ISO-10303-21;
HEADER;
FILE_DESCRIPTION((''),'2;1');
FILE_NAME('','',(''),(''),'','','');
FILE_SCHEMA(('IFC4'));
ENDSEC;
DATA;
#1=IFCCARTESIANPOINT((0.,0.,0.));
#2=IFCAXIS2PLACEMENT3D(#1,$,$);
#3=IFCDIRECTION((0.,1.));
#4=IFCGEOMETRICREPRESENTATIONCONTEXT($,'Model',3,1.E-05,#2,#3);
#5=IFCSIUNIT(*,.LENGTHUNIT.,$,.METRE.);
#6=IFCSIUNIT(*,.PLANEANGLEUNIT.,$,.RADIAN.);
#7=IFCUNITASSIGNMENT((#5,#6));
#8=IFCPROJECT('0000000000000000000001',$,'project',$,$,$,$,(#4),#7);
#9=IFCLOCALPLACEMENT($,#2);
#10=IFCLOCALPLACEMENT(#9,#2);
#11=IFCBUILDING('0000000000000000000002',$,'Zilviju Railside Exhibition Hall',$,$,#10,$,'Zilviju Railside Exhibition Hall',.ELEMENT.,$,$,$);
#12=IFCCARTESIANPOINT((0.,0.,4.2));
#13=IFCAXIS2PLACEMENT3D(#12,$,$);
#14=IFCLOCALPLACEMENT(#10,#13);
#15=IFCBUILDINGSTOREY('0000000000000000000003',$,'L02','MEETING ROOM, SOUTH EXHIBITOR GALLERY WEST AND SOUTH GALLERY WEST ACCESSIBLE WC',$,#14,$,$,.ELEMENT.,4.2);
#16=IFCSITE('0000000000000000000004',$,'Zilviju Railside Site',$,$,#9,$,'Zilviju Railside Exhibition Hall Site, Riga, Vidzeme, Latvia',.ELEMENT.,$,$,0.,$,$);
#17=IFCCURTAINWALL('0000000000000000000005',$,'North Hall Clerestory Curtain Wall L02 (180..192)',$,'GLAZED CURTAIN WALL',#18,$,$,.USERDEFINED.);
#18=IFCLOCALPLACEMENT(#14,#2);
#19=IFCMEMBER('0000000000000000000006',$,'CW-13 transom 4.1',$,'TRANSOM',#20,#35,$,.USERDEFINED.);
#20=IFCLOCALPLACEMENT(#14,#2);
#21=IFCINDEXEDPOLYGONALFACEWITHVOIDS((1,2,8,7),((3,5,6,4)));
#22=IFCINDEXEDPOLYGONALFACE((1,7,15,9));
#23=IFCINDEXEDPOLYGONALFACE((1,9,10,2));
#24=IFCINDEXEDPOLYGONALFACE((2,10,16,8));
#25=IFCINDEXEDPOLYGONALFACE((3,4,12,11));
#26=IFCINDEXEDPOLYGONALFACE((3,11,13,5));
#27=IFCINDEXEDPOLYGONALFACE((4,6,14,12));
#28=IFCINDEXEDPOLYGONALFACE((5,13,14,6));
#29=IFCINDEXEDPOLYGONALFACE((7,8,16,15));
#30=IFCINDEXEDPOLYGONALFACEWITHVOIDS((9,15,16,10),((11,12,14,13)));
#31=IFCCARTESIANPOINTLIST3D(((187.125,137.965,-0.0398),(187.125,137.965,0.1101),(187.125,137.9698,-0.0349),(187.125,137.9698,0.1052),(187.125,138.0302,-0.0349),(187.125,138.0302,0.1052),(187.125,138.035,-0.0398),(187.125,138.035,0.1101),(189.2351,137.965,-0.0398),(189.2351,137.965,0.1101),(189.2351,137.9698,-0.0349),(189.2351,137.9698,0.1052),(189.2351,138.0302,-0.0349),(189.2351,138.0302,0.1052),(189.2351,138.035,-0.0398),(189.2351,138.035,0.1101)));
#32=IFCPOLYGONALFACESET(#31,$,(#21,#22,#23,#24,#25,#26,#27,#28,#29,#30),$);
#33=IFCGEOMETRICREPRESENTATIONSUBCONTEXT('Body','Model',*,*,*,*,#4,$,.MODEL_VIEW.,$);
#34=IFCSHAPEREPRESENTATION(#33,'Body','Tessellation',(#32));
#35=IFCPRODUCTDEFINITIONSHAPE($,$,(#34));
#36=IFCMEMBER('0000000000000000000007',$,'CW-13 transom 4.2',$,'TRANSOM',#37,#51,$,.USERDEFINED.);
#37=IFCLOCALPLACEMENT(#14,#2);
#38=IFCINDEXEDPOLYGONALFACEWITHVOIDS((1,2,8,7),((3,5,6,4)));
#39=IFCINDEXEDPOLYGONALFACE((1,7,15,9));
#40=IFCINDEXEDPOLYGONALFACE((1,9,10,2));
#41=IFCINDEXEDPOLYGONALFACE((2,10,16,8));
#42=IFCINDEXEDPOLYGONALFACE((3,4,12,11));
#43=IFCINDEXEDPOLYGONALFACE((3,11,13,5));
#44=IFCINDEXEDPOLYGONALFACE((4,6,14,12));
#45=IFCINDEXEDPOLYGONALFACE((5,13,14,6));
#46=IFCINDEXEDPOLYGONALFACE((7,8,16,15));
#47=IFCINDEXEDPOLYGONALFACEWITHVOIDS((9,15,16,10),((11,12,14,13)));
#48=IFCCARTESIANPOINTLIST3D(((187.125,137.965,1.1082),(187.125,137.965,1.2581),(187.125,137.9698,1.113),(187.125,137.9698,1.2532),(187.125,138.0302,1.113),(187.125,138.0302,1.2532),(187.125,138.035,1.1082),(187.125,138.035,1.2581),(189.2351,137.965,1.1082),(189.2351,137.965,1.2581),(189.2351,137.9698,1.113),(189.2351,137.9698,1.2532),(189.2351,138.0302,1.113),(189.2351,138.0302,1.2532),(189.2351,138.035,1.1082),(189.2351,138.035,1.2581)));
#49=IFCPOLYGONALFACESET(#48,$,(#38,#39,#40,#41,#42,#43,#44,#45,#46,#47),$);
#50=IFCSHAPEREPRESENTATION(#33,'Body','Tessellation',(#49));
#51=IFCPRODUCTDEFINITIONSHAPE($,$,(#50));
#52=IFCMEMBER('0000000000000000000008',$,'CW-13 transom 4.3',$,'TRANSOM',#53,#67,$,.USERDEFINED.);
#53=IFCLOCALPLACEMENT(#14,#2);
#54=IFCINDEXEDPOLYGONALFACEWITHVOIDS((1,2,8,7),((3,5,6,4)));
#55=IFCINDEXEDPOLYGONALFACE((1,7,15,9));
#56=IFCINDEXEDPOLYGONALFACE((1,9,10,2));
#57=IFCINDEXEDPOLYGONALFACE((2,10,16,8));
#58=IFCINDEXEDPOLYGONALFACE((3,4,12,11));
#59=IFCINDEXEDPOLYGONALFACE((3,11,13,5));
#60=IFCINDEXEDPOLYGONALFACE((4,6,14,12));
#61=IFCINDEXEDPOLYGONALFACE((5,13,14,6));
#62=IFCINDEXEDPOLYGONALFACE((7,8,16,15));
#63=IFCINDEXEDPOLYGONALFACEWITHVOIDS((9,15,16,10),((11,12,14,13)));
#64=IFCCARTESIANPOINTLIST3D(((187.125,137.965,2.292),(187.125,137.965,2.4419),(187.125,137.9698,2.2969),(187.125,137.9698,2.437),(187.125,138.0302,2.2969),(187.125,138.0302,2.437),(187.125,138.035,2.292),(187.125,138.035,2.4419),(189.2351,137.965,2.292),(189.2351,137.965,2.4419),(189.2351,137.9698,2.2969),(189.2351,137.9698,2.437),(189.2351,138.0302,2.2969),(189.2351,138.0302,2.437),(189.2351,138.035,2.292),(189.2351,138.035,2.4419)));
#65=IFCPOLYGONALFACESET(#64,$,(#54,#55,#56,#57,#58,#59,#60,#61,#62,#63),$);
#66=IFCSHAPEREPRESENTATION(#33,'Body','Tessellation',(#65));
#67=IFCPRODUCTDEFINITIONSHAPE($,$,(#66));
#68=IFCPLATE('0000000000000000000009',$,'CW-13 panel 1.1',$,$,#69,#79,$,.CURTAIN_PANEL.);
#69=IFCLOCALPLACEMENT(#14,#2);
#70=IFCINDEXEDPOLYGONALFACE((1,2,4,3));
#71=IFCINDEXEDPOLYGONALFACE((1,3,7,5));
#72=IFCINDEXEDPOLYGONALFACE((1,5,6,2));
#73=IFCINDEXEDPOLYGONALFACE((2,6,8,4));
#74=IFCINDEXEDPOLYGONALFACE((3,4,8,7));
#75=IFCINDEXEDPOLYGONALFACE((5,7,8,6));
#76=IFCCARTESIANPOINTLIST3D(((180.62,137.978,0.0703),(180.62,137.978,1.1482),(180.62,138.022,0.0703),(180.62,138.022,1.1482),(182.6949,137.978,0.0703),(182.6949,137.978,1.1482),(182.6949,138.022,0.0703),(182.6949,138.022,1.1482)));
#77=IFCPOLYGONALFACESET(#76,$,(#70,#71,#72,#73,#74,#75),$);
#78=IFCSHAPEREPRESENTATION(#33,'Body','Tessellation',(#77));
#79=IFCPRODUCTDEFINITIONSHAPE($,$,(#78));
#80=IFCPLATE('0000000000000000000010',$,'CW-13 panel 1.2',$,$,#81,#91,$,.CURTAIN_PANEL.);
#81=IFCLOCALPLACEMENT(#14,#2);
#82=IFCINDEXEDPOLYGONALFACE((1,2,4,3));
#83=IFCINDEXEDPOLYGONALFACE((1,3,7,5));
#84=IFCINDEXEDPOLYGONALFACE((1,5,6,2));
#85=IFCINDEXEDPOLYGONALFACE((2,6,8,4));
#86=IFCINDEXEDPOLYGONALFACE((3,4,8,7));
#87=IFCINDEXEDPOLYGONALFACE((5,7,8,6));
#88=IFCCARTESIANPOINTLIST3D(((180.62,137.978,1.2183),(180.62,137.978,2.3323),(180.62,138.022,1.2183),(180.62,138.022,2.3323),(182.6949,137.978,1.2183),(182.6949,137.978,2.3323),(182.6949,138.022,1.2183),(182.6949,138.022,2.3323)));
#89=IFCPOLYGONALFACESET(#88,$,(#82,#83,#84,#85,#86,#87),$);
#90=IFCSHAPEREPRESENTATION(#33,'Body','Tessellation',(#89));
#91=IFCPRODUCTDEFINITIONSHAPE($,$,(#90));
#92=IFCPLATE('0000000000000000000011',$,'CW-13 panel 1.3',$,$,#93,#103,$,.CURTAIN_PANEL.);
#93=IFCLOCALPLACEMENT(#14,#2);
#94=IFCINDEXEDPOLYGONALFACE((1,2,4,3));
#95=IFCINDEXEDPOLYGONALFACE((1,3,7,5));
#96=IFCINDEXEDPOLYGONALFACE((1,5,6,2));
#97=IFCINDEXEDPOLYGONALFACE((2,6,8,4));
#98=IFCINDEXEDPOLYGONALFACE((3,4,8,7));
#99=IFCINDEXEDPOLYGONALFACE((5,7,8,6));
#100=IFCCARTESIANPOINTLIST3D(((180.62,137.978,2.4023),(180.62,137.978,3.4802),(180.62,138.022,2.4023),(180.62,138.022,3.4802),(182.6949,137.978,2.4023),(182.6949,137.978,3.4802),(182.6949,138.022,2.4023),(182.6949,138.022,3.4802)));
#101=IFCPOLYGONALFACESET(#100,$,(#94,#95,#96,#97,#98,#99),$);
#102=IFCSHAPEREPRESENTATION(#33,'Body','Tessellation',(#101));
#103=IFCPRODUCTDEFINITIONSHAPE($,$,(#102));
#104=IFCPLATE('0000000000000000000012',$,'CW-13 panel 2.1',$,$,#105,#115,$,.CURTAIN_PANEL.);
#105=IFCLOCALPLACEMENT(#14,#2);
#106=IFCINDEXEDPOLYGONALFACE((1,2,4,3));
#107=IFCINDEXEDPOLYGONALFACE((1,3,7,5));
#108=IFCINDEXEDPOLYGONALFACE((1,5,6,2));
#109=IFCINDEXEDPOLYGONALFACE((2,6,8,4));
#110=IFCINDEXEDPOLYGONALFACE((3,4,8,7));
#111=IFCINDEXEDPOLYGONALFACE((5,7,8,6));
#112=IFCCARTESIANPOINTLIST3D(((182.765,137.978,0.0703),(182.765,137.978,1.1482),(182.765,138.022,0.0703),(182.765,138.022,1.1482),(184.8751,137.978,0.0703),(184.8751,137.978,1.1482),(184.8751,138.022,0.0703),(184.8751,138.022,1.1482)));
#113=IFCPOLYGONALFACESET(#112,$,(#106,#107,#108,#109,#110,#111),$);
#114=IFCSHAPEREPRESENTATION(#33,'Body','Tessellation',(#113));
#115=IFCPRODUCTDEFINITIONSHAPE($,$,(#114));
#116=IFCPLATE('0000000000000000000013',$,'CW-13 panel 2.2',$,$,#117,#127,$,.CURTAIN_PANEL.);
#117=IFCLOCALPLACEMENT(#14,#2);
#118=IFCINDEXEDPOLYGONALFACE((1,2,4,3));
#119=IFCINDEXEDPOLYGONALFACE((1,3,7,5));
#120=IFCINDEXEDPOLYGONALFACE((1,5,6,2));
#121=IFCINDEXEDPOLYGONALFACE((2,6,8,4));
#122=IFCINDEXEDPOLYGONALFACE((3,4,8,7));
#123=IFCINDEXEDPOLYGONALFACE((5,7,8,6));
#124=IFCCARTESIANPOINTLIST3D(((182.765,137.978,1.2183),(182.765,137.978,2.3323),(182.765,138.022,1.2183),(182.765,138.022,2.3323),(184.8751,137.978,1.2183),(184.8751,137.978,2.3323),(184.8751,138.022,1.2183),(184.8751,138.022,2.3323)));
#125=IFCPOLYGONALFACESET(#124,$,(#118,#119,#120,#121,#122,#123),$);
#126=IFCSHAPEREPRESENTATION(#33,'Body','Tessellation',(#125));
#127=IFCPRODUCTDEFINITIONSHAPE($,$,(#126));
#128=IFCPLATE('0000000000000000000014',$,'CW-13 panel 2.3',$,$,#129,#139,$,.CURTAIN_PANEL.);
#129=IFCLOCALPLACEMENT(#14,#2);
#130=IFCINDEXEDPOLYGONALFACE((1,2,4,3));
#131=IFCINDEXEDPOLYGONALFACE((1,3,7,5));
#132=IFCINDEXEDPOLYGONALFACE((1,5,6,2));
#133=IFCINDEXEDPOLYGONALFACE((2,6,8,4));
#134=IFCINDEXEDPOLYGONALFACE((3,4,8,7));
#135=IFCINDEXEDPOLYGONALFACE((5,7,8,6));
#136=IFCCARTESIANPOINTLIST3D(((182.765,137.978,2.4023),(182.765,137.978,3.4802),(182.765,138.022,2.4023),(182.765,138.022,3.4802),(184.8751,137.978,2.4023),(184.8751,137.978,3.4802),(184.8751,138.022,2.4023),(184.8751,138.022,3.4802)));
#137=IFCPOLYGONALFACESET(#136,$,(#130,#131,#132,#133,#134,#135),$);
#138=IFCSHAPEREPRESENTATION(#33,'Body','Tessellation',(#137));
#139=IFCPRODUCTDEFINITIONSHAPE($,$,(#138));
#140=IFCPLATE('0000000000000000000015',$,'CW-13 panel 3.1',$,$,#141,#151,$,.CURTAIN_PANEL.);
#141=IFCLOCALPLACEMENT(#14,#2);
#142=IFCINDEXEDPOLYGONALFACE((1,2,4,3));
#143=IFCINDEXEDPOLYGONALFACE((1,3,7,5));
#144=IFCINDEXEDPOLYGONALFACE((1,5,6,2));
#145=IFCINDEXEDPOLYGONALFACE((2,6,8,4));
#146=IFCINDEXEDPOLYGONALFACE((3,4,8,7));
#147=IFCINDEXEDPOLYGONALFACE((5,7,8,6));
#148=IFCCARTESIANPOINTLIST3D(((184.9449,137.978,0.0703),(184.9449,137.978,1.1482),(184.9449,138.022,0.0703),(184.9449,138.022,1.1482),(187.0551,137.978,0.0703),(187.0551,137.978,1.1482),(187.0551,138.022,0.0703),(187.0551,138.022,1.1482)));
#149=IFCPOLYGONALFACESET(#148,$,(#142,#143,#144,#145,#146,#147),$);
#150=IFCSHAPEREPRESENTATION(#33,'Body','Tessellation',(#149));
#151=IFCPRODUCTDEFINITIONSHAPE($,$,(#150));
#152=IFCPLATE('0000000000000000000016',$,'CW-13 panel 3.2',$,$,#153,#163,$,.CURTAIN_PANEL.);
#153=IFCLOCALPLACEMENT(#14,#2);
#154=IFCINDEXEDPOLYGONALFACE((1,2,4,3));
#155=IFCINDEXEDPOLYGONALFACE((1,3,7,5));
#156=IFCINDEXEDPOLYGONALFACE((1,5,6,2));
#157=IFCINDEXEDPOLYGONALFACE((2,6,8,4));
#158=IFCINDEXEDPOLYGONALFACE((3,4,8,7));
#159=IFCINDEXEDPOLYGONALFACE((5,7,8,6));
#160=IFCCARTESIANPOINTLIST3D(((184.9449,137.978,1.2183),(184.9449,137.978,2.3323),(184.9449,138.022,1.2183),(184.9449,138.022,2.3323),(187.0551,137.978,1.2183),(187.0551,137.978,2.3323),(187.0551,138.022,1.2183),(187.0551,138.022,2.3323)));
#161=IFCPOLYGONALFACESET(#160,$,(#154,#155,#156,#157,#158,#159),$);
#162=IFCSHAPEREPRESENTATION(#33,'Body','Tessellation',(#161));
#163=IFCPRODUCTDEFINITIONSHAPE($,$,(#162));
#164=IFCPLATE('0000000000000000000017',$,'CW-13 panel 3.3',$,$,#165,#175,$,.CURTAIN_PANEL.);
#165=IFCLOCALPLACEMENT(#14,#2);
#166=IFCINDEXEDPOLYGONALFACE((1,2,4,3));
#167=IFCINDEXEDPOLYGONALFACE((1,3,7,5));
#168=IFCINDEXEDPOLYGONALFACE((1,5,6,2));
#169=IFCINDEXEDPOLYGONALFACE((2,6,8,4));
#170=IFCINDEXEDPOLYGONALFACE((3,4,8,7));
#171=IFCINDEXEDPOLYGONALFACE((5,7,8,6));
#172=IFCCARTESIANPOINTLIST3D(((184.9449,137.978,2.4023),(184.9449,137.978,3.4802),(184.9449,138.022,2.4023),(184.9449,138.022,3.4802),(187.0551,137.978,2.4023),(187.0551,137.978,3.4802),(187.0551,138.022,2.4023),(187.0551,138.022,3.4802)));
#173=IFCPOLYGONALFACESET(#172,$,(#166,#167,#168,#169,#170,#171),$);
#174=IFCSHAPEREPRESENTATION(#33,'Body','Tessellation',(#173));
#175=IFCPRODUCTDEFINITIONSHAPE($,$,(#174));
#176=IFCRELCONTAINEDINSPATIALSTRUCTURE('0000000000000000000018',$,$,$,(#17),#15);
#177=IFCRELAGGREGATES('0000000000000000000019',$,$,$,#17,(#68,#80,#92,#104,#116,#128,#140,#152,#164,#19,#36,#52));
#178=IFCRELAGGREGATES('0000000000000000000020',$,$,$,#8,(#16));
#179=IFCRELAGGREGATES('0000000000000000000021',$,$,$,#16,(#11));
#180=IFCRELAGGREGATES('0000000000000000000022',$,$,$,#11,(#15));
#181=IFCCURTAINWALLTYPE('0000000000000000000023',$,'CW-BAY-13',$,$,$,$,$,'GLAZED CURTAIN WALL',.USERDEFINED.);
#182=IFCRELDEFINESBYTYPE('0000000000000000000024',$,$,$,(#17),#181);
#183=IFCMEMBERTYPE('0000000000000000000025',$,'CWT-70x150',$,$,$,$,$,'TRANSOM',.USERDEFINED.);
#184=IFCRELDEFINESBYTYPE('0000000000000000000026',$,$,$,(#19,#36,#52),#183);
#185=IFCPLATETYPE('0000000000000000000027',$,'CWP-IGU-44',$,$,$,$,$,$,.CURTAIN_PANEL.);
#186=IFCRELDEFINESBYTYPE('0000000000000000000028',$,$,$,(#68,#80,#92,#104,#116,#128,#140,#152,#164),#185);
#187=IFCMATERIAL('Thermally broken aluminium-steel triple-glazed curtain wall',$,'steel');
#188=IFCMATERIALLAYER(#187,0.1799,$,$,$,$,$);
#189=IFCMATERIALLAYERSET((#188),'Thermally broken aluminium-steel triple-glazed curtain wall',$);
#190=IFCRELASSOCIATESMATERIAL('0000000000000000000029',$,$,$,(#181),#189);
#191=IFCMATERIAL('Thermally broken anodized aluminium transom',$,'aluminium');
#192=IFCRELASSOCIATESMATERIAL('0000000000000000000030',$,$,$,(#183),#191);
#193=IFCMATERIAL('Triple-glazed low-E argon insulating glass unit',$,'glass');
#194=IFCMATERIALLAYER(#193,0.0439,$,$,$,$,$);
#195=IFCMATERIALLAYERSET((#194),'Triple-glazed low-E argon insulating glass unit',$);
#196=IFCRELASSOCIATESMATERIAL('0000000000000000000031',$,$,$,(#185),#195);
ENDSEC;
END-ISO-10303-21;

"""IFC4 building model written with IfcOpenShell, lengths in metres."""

from ifc_helpers import new_model, si_unit, direction, frame, origin, origin_2d, place, context, subcontext, project, spatial, rectangle, hollow_rectangle, extrude, material, layer, layer_set, material_profile, profile_set, type_object, element, aggregate, save


model = new_model("IFC4")

# Units and contexts
model_context = context("Model", 3, precision=1e-05, world=origin(), true_north=direction((0.0, 1.0)))
body_context = subcontext(model_context, "Body", "Model", "MODEL_VIEW")
ifc_project = project(units=[si_unit("LENGTHUNIT", "METRE"), si_unit("PLANEANGLEUNIT", "RADIAN")], contexts=[model_context])

# Site, building, storey
site_placement = place(None, origin())
site = spatial("IfcSite", under=ifc_project, at=site_placement, Name="Zilviju Railside Site", LongName="Zilviju Railside Exhibition Hall Site, Riga, Vidzeme, Latvia", CompositionType="ELEMENT", RefElevation=0.0)
building_placement = place(site_placement, origin())
building = spatial("IfcBuilding", under=site, at=building_placement, Name="Zilviju Railside Exhibition Hall", LongName="Zilviju Railside Exhibition Hall", CompositionType="ELEMENT")
storey_placement = place(building_placement, frame((0.0, 0.0, 4.2)))
storey = spatial("IfcBuildingStorey", under=building, at=storey_placement, Name="L02", Description="MEETING ROOM, SOUTH EXHIBITOR GALLERY WEST AND SOUTH GALLERY WEST ACCESSIBLE WC", CompositionType="ELEMENT", Elevation=4.2)

# Curtain wall, members, plates
ifc_material_1 = material(Name="Thermally broken aluminium-steel triple-glazed curtain wall", Category="steel")
ifc_layer_1 = layer(ifc_material_1, 0.1799)
ifc_layer_set_1 = layer_set([ifc_layer_1], Name="Thermally broken aluminium-steel triple-glazed curtain wall")
curtain_wall_type = type_object("IfcCurtainWallType", Name="CW-BAY-13", ElementType="GLAZED CURTAIN WALL", PredefinedType="USERDEFINED", material=ifc_layer_set_1)
curtain_wall_placement = place(storey_placement, origin())
curtain_wall = element("IfcCurtainWall", 1, at=curtain_wall_placement, inside=storey, type_object=curtain_wall_type, Name="North Hall Clerestory Curtain Wall L02 (180..192)", ObjectType="GLAZED CURTAIN WALL", PredefinedType="USERDEFINED")
ifc_material_2 = material(Name="Thermally broken anodized aluminium transom", Category="aluminium")
ifc_material_profile_1 = material_profile(ifc_material_2, hollow_rectangle(XDim=0.0701, YDim=0.1499, WallThickness=0.0049, at=origin_2d()), Name="TRANSOM 150x70x5")
ifc_profile_set_1 = profile_set([ifc_material_profile_1], Name="Thermally broken anodized aluminium transom")
member_type_1 = type_object("IfcMemberType", Name="CWT-70x150", ElementType="TRANSOM", PredefinedType="USERDEFINED", material=ifc_profile_set_1)
member_1_placement = place(storey_placement, frame((187.125, 138.0, 0.0352), z_axis=(1.0, 0.0, 0.0), x_axis=(0.0, 1.0, 0.0)))
member_1 = element("IfcMember", 2, at=member_1_placement, type_object=member_type_1, Name="CW-13 transom 4.1", ObjectType="TRANSOM", PredefinedType="USERDEFINED", context=body_context, shape_type="SweptSolid", body=[
    extrude(hollow_rectangle(XDim=0.0701, YDim=0.1499, WallThickness=0.0049, at=origin_2d()), origin(), (0.0, 0.0, 1.0), 2.1101),
])
member_2_placement = place(storey_placement, frame((187.125, 138.0, 1.1831), z_axis=(1.0, 0.0, 0.0), x_axis=(0.0, 1.0, 0.0)))
member_2 = element("IfcMember", 3, at=member_2_placement, type_object=member_type_1, Name="CW-13 transom 4.2", ObjectType="TRANSOM", PredefinedType="USERDEFINED", context=body_context, shape_type="SweptSolid", body=[
    extrude(hollow_rectangle(XDim=0.0701, YDim=0.1499, WallThickness=0.0049, at=origin_2d()), origin(), (0.0, 0.0, 1.0), 2.1101),
])
member_3_placement = place(storey_placement, frame((187.125, 138.0, 2.3669), z_axis=(1.0, 0.0, 0.0), x_axis=(0.0, 1.0, 0.0)))
member_3 = element("IfcMember", 4, at=member_3_placement, type_object=member_type_1, Name="CW-13 transom 4.3", ObjectType="TRANSOM", PredefinedType="USERDEFINED", context=body_context, shape_type="SweptSolid", body=[
    extrude(hollow_rectangle(XDim=0.0701, YDim=0.1499, WallThickness=0.0049, at=origin_2d()), origin(), (0.0, 0.0, 1.0), 2.1101),
])
ifc_material_3 = material(Name="Triple-glazed low-E argon insulating glass unit", Category="glass")
ifc_layer_2 = layer(ifc_material_3, 0.0439)
ifc_layer_set_2 = layer_set([ifc_layer_2], Name="Triple-glazed low-E argon insulating glass unit")
plate_type = type_object("IfcPlateType", Name="CWP-IGU-44", PredefinedType="CURTAIN_PANEL", material=ifc_layer_set_2)
plate_1_placement = place(storey_placement, frame((181.6575, 138.0, 0.0703), z_axis=(0.0, 0.0, 1.0), x_axis=(1.0, 0.0, 0.0)))
plate_1 = element("IfcPlate", 5, at=plate_1_placement, type_object=plate_type, Name="CW-13 panel 1.1", PredefinedType="CURTAIN_PANEL", context=body_context, shape_type="SweptSolid", body=[
    extrude(rectangle(XDim=2.075, YDim=0.0439, at=origin_2d()), origin(), (0.0, 0.0, 1.0), 1.0779),
])
plate_2_placement = place(storey_placement, frame((181.6575, 138.0, 1.2183), z_axis=(0.0, 0.0, 1.0), x_axis=(1.0, 0.0, 0.0)))
plate_2 = element("IfcPlate", 6, at=plate_2_placement, type_object=plate_type, Name="CW-13 panel 1.2", PredefinedType="CURTAIN_PANEL", context=body_context, shape_type="SweptSolid", body=[
    extrude(rectangle(XDim=2.075, YDim=0.0439, at=origin_2d()), origin(), (0.0, 0.0, 1.0), 1.114),
])
plate_3_placement = place(storey_placement, frame((181.6575, 138.0, 2.4023), z_axis=(0.0, 0.0, 1.0), x_axis=(1.0, 0.0, 0.0)))
plate_3 = element("IfcPlate", 7, at=plate_3_placement, type_object=plate_type, Name="CW-13 panel 1.3", PredefinedType="CURTAIN_PANEL", context=body_context, shape_type="SweptSolid", body=[
    extrude(rectangle(XDim=2.075, YDim=0.0439, at=origin_2d()), origin(), (0.0, 0.0, 1.0), 1.0779),
])
plate_4_placement = place(storey_placement, frame((183.8201, 138.0, 0.0703), z_axis=(0.0, 0.0, 1.0), x_axis=(1.0, 0.0, 0.0)))
plate_4 = element("IfcPlate", 8, at=plate_4_placement, type_object=plate_type, Name="CW-13 panel 2.1", PredefinedType="CURTAIN_PANEL", context=body_context, shape_type="SweptSolid", body=[
    extrude(rectangle(XDim=2.1101, YDim=0.0439, at=origin_2d()), origin(), (0.0, 0.0, 1.0), 1.0779),
])
plate_5_placement = place(storey_placement, frame((183.8201, 138.0, 1.2183), z_axis=(0.0, 0.0, 1.0), x_axis=(1.0, 0.0, 0.0)))
plate_5 = element("IfcPlate", 9, at=plate_5_placement, type_object=plate_type, Name="CW-13 panel 2.2", PredefinedType="CURTAIN_PANEL", context=body_context, shape_type="SweptSolid", body=[
    extrude(rectangle(XDim=2.1101, YDim=0.0439, at=origin_2d()), origin(), (0.0, 0.0, 1.0), 1.114),
])
plate_6_placement = place(storey_placement, frame((183.8201, 138.0, 2.4023), z_axis=(0.0, 0.0, 1.0), x_axis=(1.0, 0.0, 0.0)))
plate_6 = element("IfcPlate", 10, at=plate_6_placement, type_object=plate_type, Name="CW-13 panel 2.3", PredefinedType="CURTAIN_PANEL", context=body_context, shape_type="SweptSolid", body=[
    extrude(rectangle(XDim=2.1101, YDim=0.0439, at=origin_2d()), origin(), (0.0, 0.0, 1.0), 1.0779),
])
plate_7_placement = place(storey_placement, frame((186.0, 138.0, 0.0703), z_axis=(0.0, 0.0, 1.0), x_axis=(1.0, 0.0, 0.0)))
plate_7 = element("IfcPlate", 11, at=plate_7_placement, type_object=plate_type, Name="CW-13 panel 3.1", PredefinedType="CURTAIN_PANEL", context=body_context, shape_type="SweptSolid", body=[
    extrude(rectangle(XDim=2.1101, YDim=0.0439, at=origin_2d()), origin(), (0.0, 0.0, 1.0), 1.0779),
])
plate_8_placement = place(storey_placement, frame((186.0, 138.0, 1.2183), z_axis=(0.0, 0.0, 1.0), x_axis=(1.0, 0.0, 0.0)))
plate_8 = element("IfcPlate", 12, at=plate_8_placement, type_object=plate_type, Name="CW-13 panel 3.2", PredefinedType="CURTAIN_PANEL", context=body_context, shape_type="SweptSolid", body=[
    extrude(rectangle(XDim=2.1101, YDim=0.0439, at=origin_2d()), origin(), (0.0, 0.0, 1.0), 1.114),
])
plate_9_placement = place(storey_placement, frame((186.0, 138.0, 2.4023), z_axis=(0.0, 0.0, 1.0), x_axis=(1.0, 0.0, 0.0)))
plate_9 = element("IfcPlate", 13, at=plate_9_placement, type_object=plate_type, Name="CW-13 panel 3.3", PredefinedType="CURTAIN_PANEL", context=body_context, shape_type="SweptSolid", body=[
    extrude(rectangle(XDim=2.1101, YDim=0.0439, at=origin_2d()), origin(), (0.0, 0.0, 1.0), 1.0779),
])
aggregate(curtain_wall, [plate_1, plate_2, plate_3, plate_4, plate_5, plate_6, plate_7, plate_8, plate_9, member_1, member_2, member_3])

save(model, "model.ifc")
